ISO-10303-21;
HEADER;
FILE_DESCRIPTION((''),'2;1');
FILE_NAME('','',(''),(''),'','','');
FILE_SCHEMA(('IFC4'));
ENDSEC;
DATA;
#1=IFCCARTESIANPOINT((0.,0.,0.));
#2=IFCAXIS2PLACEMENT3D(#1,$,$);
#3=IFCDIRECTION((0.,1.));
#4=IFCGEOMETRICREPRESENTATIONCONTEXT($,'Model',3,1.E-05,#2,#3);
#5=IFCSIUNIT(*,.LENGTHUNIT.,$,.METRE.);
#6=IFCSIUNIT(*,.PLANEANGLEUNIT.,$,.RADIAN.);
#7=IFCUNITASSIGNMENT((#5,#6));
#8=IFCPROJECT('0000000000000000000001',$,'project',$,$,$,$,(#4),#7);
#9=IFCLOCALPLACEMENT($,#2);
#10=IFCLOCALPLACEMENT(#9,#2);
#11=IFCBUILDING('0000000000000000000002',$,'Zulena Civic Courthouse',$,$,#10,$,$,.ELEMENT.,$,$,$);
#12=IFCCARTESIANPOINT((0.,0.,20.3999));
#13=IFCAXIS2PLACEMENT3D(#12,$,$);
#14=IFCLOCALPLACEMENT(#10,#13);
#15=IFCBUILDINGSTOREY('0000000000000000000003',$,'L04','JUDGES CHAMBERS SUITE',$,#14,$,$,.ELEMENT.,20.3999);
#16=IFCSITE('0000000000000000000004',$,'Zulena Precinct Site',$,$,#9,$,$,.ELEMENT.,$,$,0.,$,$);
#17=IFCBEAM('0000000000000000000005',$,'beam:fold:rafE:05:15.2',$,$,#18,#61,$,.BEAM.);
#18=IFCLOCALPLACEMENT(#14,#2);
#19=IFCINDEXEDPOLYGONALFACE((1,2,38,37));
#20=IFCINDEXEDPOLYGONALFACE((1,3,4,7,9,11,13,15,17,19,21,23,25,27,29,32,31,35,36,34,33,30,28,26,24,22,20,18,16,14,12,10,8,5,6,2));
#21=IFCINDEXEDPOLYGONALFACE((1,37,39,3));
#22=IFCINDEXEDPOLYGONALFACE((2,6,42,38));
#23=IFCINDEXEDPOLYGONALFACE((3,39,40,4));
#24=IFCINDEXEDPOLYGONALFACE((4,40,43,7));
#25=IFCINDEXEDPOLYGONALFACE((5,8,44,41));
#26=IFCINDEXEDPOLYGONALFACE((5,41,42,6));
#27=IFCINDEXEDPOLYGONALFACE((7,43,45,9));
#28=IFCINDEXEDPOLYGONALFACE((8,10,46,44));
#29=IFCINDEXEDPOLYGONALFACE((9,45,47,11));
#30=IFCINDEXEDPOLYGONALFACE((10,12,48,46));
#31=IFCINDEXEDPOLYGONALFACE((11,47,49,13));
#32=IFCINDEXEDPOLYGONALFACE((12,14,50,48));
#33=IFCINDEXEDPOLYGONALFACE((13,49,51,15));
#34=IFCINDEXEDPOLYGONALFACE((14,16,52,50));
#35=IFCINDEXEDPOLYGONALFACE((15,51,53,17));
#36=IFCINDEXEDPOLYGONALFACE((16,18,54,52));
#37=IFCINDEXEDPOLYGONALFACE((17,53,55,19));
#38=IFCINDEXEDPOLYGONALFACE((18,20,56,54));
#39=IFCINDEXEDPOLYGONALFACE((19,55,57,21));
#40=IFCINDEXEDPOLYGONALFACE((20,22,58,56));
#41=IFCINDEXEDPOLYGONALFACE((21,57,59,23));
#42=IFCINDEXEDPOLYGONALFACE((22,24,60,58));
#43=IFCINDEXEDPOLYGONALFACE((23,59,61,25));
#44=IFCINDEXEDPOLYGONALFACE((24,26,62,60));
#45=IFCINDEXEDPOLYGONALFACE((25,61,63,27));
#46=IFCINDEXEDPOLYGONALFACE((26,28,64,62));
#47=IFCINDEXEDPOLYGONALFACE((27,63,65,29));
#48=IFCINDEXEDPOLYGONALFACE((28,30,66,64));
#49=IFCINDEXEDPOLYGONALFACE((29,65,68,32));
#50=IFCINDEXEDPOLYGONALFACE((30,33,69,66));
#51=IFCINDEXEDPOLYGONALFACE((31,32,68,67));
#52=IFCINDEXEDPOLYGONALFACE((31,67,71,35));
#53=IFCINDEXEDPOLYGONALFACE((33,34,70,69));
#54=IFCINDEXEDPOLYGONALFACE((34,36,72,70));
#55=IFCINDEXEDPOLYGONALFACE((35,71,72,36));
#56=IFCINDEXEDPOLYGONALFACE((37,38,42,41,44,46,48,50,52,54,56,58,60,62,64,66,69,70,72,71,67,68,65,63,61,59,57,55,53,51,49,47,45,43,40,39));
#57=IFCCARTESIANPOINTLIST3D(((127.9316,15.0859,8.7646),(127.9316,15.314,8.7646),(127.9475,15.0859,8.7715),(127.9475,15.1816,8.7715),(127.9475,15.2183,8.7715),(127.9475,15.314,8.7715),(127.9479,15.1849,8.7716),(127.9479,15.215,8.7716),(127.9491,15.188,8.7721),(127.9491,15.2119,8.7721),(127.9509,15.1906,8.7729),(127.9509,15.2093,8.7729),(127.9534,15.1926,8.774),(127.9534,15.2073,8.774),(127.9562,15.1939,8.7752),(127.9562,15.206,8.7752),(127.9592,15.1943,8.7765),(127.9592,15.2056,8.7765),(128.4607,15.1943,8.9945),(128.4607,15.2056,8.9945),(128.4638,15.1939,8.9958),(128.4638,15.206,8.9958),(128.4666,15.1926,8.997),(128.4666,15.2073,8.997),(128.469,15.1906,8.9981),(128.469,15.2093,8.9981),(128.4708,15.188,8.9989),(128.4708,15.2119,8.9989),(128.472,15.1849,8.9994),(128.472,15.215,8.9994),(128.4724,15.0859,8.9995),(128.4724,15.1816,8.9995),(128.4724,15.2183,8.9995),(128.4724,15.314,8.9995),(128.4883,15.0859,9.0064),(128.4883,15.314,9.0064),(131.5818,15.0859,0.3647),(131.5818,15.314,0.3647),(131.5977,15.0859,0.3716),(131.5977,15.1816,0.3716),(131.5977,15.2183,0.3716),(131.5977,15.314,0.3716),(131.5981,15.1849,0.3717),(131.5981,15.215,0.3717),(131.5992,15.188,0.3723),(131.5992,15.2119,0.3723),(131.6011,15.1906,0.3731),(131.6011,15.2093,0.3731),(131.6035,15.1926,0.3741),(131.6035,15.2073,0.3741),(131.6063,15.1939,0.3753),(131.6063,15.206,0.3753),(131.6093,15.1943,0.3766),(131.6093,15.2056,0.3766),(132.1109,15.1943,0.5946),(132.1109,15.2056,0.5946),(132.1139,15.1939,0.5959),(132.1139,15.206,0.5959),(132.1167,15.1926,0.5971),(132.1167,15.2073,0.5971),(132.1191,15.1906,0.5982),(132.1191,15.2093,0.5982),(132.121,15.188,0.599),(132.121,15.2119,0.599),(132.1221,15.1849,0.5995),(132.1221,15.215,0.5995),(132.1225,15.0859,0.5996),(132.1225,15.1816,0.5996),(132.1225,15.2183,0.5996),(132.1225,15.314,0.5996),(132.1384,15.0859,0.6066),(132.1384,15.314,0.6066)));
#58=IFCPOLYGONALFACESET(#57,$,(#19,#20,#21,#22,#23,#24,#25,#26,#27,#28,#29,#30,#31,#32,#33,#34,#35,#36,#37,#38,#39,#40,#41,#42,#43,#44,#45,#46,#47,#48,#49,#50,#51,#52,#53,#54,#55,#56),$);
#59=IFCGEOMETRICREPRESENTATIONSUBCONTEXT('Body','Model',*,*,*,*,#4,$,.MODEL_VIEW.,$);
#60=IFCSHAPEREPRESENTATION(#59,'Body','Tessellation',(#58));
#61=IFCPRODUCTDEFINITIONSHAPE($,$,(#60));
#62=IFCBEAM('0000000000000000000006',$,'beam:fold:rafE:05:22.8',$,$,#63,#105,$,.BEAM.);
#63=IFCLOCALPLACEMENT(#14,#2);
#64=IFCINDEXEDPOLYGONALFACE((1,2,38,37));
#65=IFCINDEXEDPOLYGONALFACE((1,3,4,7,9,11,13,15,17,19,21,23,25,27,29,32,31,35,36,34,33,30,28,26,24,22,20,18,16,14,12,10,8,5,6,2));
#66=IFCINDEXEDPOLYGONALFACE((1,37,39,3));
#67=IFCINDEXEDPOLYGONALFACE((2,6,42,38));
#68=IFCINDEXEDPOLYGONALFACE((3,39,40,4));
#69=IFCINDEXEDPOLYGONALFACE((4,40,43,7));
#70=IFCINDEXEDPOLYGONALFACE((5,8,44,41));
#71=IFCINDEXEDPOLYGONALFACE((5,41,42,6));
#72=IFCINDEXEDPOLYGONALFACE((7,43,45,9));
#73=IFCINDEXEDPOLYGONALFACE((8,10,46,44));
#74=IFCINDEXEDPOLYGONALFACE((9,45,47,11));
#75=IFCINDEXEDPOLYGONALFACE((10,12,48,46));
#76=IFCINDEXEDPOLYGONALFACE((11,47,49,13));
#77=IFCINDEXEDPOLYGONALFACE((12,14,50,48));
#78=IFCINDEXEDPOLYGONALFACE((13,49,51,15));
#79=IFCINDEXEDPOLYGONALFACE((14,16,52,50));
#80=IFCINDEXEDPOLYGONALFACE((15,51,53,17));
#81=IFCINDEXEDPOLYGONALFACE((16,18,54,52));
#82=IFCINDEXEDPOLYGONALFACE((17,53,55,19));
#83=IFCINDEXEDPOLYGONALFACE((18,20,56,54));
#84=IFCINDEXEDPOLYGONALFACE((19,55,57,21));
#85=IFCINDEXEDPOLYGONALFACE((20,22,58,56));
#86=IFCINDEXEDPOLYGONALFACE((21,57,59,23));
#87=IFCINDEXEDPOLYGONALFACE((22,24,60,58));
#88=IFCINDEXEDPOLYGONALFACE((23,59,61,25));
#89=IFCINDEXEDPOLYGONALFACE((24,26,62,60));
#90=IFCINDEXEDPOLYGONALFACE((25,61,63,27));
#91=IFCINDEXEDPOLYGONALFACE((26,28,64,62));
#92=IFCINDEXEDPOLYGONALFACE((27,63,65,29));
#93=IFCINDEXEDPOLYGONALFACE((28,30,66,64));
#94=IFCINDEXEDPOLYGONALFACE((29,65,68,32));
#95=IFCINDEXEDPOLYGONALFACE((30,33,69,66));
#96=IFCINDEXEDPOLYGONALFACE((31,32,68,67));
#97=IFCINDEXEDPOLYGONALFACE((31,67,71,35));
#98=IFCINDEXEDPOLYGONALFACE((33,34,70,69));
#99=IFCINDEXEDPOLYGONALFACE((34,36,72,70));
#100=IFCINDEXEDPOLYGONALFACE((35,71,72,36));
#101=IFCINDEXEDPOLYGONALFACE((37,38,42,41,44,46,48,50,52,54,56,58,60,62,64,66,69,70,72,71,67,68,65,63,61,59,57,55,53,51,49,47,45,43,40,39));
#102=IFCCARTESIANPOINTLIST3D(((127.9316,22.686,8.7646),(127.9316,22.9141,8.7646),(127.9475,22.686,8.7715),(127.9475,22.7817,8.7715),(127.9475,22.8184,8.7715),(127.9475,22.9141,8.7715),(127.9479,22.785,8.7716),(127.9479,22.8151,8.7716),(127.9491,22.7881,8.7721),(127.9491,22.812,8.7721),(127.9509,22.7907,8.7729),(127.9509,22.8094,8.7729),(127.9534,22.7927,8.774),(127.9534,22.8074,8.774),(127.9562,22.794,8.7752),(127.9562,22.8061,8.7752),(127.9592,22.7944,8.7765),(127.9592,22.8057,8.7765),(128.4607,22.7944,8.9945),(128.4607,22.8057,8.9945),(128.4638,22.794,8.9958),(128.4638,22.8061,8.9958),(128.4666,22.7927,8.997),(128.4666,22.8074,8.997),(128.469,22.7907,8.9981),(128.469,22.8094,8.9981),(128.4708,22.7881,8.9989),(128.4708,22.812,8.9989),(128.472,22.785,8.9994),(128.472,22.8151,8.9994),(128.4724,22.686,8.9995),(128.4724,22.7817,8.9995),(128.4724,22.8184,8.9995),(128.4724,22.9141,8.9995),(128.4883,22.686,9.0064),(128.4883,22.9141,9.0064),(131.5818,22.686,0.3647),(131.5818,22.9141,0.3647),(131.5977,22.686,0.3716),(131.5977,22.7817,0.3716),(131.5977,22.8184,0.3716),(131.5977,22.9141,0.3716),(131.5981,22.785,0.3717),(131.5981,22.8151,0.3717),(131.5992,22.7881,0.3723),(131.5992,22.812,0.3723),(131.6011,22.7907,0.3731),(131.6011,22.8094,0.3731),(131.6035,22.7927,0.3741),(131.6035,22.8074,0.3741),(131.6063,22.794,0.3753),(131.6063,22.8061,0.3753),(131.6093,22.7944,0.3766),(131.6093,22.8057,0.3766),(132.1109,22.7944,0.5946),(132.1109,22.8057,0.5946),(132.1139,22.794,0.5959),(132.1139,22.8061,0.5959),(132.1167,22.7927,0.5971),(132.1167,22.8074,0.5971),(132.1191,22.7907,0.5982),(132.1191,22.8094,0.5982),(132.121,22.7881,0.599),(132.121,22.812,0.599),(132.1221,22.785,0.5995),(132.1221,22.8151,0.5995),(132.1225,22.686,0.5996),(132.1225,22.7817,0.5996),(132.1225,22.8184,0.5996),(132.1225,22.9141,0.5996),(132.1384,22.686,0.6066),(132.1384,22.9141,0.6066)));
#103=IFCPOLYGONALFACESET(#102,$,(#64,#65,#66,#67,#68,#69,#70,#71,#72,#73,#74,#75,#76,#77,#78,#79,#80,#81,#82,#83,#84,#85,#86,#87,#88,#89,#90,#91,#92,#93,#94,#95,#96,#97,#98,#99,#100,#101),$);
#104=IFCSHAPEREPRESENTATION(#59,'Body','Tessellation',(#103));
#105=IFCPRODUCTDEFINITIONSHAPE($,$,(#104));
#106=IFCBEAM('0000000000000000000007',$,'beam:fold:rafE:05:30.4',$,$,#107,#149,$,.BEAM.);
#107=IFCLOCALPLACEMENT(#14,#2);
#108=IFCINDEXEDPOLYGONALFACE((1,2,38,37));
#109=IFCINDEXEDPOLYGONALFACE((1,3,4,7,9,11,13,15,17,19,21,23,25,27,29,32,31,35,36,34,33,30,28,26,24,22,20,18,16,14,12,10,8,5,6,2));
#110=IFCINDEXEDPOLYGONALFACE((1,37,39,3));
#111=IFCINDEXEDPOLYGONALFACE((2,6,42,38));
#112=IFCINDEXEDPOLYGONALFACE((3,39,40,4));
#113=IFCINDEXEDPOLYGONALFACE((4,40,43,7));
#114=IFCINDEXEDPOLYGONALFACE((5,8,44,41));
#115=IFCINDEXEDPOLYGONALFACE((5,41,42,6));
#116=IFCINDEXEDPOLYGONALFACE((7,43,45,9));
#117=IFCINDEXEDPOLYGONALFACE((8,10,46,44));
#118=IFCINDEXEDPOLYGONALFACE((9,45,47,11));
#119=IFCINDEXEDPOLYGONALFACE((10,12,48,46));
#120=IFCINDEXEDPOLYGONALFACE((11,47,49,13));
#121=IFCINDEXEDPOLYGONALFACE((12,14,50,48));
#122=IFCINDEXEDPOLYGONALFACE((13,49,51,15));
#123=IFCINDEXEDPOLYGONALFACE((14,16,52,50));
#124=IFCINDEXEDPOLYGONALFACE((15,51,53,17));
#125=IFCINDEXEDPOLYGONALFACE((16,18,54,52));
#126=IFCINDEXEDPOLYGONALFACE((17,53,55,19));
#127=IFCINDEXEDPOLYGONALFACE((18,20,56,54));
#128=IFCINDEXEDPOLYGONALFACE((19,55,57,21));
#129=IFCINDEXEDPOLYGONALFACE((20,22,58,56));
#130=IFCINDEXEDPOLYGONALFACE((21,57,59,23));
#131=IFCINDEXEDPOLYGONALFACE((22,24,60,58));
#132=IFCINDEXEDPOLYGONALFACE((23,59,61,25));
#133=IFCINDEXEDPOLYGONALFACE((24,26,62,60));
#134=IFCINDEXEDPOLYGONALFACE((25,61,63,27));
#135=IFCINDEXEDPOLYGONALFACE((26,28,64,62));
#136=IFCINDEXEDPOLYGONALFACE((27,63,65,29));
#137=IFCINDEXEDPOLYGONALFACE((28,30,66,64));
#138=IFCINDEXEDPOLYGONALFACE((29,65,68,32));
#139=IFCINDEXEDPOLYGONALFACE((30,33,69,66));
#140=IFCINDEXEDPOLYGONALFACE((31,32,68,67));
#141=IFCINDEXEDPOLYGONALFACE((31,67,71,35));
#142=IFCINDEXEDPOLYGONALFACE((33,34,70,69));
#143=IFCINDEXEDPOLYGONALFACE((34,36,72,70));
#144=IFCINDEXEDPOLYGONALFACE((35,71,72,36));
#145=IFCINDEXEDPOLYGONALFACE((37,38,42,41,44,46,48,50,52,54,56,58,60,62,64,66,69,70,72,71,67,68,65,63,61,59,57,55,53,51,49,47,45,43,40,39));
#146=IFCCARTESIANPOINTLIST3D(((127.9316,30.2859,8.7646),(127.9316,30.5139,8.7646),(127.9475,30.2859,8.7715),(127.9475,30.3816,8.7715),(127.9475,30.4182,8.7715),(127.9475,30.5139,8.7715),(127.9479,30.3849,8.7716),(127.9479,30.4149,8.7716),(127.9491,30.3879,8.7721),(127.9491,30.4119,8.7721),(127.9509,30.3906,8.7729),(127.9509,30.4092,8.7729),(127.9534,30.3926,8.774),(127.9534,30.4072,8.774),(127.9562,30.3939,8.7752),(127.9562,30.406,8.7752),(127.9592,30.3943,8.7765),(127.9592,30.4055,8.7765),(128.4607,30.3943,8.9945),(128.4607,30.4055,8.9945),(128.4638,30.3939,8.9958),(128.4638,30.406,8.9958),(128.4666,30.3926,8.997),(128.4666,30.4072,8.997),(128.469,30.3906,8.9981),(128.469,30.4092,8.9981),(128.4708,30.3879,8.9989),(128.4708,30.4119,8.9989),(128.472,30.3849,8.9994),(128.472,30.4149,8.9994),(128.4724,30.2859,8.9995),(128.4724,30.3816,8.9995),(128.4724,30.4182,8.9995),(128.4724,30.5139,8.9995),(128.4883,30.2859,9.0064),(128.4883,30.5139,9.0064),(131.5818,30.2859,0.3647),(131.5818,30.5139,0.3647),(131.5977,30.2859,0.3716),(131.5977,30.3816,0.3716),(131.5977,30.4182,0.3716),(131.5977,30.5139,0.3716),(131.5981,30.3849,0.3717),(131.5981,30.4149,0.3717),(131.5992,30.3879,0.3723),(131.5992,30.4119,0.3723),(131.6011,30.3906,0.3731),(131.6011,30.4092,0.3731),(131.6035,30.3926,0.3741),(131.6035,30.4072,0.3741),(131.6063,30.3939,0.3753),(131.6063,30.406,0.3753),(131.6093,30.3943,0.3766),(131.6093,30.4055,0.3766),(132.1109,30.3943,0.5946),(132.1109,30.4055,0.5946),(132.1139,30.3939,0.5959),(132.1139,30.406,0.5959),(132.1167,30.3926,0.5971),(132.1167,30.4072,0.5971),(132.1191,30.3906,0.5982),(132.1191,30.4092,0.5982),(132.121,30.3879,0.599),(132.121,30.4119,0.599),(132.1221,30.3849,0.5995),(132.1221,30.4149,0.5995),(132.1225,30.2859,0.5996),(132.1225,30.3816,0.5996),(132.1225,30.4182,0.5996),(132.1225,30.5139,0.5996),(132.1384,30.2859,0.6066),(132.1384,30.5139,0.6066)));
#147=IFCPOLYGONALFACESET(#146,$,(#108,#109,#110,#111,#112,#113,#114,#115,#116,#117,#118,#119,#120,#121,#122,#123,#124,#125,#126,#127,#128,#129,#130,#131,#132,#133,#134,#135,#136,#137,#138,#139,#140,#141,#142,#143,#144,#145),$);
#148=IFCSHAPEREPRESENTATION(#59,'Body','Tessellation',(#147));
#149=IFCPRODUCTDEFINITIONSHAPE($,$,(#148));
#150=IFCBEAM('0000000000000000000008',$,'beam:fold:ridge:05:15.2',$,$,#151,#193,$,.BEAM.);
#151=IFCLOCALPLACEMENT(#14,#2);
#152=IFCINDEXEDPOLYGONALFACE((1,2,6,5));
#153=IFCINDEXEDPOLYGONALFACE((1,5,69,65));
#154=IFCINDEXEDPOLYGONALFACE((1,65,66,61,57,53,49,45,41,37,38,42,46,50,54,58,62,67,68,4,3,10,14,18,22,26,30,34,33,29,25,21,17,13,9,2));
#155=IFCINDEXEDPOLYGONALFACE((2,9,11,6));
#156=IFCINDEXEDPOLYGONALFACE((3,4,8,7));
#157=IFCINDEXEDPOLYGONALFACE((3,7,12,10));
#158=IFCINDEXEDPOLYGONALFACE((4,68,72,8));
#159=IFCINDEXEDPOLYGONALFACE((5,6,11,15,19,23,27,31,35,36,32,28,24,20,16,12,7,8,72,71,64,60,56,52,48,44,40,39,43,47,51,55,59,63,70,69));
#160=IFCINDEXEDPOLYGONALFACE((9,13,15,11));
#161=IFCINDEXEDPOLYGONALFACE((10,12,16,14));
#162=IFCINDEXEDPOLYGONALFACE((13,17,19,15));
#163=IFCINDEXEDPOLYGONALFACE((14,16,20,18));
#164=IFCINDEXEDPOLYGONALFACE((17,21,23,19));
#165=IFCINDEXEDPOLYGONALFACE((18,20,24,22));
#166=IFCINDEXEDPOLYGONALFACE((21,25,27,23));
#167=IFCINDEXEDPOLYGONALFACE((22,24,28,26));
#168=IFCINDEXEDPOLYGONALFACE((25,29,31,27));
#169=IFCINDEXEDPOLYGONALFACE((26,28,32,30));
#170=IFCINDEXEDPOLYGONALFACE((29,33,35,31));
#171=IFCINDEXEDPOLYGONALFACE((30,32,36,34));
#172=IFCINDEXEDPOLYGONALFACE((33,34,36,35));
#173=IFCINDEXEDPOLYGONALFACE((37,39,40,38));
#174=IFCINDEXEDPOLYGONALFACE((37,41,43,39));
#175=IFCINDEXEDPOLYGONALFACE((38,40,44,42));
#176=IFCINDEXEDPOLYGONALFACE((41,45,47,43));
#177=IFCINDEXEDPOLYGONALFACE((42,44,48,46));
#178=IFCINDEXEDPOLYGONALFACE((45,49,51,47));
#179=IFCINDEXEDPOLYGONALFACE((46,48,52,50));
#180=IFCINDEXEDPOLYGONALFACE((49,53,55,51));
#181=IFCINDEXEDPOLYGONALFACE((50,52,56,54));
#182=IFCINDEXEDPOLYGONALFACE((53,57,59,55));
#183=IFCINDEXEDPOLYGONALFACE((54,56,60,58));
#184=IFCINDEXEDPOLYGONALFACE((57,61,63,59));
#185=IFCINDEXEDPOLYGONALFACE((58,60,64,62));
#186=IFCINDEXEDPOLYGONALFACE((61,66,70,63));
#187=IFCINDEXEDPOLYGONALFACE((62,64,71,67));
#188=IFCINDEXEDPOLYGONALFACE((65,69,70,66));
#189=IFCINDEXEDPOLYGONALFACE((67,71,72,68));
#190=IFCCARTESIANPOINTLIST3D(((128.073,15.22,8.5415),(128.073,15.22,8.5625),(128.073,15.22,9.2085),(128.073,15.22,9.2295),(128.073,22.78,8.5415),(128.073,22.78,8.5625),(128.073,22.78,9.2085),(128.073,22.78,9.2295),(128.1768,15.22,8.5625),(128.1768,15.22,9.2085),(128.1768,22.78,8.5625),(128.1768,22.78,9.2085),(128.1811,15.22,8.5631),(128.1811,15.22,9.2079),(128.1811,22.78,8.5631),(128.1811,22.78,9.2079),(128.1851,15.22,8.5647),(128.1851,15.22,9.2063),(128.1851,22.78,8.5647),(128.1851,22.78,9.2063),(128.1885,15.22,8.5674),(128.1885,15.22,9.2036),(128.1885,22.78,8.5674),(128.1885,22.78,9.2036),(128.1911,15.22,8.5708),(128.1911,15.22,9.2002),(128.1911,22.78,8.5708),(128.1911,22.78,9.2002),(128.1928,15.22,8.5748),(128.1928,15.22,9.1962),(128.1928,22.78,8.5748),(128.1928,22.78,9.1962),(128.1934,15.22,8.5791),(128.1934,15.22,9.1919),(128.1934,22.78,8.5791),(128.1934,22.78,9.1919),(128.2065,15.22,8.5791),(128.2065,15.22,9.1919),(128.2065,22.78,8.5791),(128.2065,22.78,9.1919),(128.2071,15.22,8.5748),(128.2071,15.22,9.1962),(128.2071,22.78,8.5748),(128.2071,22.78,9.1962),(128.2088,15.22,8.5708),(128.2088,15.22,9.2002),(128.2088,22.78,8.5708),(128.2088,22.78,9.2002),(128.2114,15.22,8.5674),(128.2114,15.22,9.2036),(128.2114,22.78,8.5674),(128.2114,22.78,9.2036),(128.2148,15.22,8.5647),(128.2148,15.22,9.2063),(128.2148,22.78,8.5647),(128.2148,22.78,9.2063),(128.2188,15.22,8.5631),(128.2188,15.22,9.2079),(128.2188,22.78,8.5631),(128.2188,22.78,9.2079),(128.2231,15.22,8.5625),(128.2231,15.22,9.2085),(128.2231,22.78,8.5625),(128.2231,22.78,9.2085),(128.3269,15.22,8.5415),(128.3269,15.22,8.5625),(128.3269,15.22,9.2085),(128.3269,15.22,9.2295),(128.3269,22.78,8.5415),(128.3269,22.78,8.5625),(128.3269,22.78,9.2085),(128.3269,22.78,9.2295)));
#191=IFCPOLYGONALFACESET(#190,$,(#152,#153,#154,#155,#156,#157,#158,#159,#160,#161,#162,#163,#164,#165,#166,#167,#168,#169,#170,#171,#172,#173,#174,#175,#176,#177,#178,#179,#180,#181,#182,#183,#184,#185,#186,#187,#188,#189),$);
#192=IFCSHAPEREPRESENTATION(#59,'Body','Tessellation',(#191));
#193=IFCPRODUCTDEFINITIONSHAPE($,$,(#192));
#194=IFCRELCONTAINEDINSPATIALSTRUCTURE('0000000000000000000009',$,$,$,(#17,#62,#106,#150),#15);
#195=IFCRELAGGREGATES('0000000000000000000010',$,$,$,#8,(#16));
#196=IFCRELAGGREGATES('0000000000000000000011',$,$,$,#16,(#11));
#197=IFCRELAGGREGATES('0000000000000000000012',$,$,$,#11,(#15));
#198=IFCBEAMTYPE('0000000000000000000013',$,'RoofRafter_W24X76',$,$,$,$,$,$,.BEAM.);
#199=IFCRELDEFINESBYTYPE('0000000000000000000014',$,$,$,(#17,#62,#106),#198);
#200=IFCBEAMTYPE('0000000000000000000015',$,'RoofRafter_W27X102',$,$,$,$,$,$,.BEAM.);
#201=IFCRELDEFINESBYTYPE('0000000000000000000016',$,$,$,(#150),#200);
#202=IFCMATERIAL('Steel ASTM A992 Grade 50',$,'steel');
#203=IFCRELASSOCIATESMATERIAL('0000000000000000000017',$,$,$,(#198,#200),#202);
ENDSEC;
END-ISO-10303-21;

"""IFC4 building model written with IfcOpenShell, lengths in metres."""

from ifc_helpers import new_model, si_unit, direction, frame, origin, origin_2d, place, context, subcontext, project, spatial, i_section, extrude, material, material_profile, profile_set, type_object, element, save


model = new_model("IFC4")

# Units and contexts
model_context = context("Model", 3, precision=1e-05, world=origin(), true_north=direction((0.0, 1.0)))
body_context = subcontext(model_context, "Body", "Model", "MODEL_VIEW")
ifc_project = project(units=[si_unit("LENGTHUNIT", "METRE"), si_unit("PLANEANGLEUNIT", "RADIAN")], contexts=[model_context])

# Site, building, storey
site_placement = place(None, origin())
site = spatial("IfcSite", under=ifc_project, at=site_placement, Name="Zulena Precinct Site", CompositionType="ELEMENT", RefElevation=0.0)
building_placement = place(site_placement, origin())
building = spatial("IfcBuilding", under=site, at=building_placement, Name="Zulena Civic Courthouse", CompositionType="ELEMENT")
storey_placement = place(building_placement, frame((0.0, 0.0, 20.3999)))
storey = spatial("IfcBuildingStorey", under=building, at=storey_placement, Name="L04", Description="JUDGES CHAMBERS SUITE", CompositionType="ELEMENT", Elevation=20.3999)

# Beams
ifc_material_1 = material(Name="Steel ASTM A992 Grade 50", Category="steel")
ifc_material_profile_1 = material_profile(ifc_material_1, i_section(OverallWidth=0.228, OverallDepth=0.6069, WebThickness=0.0112, FlangeThickness=0.0173, FilletRadius=0.0127, at=origin_2d()), Name="W24X76")
ifc_profile_set_1 = profile_set([ifc_material_profile_1], Name="Steel ASTM A992 Grade 50")
beam_type_1 = type_object("IfcBeamType", Name="RoofRafter_W24X76", PredefinedType="BEAM", material=ifc_profile_set_1)
for number, where, z_axis, x_axis, name in (
    (1, (128.21, 15.2, 8.8855), (0.398544, 0.0, -0.917149), (0.0, 1.0, 0.0), "beam:fold:rafE:05:15.2"),
    (2, (128.21, 22.8, 8.8855), (0.398544, 0.0, -0.917149), (0.0, 1.0, 0.0), "beam:fold:rafE:05:22.8"),
    (3, (128.21, 30.3999, 8.8855), (0.398544, 0.0, -0.917149), (0.0, 1.0, 0.0), "beam:fold:rafE:05:30.4"),
):
    element("IfcBeam", number, at=place(storey_placement, frame(where, z_axis=z_axis, x_axis=x_axis)), inside=storey, type_object=beam_type_1, Name=name, PredefinedType="BEAM", context=body_context, shape_type="SweptSolid", body=[
        extrude(i_section(OverallWidth=0.228, OverallDepth=0.6069, WebThickness=0.0112, FlangeThickness=0.0173, FilletRadius=0.0127, at=origin_2d()), origin(), (0.0, 0.0, 1.0), 9.1587),
    ])
ifc_material_profile_2 = material_profile(ifc_material_1, i_section(OverallWidth=0.2539, OverallDepth=0.688, WebThickness=0.0132, FlangeThickness=0.021, FilletRadius=0.0166, at=origin_2d()), Name="W27X102")
ifc_profile_set_2 = profile_set([ifc_material_profile_2], Name="Steel ASTM A992 Grade 50")
beam_type_2 = type_object("IfcBeamType", Name="RoofRafter_W27X102", PredefinedType="BEAM", material=ifc_profile_set_2)
beam_1_placement = place(storey_placement, frame((128.2, 15.22, 8.8855), z_axis=(0.0, 1.0, 0.0), x_axis=(-1.0, 0.0, 0.0)))
element("IfcBeam", 4, at=beam_1_placement, inside=storey, type_object=beam_type_2, Name="beam:fold:ridge:05:15.2", PredefinedType="BEAM", context=body_context, shape_type="SweptSolid", body=[
    extrude(i_section(OverallWidth=0.2539, OverallDepth=0.688, WebThickness=0.0132, FlangeThickness=0.021, FilletRadius=0.0166, at=origin_2d()), origin(), (0.0, 0.0, 1.0), 7.5601),
])

save(model, "model.ifc")
